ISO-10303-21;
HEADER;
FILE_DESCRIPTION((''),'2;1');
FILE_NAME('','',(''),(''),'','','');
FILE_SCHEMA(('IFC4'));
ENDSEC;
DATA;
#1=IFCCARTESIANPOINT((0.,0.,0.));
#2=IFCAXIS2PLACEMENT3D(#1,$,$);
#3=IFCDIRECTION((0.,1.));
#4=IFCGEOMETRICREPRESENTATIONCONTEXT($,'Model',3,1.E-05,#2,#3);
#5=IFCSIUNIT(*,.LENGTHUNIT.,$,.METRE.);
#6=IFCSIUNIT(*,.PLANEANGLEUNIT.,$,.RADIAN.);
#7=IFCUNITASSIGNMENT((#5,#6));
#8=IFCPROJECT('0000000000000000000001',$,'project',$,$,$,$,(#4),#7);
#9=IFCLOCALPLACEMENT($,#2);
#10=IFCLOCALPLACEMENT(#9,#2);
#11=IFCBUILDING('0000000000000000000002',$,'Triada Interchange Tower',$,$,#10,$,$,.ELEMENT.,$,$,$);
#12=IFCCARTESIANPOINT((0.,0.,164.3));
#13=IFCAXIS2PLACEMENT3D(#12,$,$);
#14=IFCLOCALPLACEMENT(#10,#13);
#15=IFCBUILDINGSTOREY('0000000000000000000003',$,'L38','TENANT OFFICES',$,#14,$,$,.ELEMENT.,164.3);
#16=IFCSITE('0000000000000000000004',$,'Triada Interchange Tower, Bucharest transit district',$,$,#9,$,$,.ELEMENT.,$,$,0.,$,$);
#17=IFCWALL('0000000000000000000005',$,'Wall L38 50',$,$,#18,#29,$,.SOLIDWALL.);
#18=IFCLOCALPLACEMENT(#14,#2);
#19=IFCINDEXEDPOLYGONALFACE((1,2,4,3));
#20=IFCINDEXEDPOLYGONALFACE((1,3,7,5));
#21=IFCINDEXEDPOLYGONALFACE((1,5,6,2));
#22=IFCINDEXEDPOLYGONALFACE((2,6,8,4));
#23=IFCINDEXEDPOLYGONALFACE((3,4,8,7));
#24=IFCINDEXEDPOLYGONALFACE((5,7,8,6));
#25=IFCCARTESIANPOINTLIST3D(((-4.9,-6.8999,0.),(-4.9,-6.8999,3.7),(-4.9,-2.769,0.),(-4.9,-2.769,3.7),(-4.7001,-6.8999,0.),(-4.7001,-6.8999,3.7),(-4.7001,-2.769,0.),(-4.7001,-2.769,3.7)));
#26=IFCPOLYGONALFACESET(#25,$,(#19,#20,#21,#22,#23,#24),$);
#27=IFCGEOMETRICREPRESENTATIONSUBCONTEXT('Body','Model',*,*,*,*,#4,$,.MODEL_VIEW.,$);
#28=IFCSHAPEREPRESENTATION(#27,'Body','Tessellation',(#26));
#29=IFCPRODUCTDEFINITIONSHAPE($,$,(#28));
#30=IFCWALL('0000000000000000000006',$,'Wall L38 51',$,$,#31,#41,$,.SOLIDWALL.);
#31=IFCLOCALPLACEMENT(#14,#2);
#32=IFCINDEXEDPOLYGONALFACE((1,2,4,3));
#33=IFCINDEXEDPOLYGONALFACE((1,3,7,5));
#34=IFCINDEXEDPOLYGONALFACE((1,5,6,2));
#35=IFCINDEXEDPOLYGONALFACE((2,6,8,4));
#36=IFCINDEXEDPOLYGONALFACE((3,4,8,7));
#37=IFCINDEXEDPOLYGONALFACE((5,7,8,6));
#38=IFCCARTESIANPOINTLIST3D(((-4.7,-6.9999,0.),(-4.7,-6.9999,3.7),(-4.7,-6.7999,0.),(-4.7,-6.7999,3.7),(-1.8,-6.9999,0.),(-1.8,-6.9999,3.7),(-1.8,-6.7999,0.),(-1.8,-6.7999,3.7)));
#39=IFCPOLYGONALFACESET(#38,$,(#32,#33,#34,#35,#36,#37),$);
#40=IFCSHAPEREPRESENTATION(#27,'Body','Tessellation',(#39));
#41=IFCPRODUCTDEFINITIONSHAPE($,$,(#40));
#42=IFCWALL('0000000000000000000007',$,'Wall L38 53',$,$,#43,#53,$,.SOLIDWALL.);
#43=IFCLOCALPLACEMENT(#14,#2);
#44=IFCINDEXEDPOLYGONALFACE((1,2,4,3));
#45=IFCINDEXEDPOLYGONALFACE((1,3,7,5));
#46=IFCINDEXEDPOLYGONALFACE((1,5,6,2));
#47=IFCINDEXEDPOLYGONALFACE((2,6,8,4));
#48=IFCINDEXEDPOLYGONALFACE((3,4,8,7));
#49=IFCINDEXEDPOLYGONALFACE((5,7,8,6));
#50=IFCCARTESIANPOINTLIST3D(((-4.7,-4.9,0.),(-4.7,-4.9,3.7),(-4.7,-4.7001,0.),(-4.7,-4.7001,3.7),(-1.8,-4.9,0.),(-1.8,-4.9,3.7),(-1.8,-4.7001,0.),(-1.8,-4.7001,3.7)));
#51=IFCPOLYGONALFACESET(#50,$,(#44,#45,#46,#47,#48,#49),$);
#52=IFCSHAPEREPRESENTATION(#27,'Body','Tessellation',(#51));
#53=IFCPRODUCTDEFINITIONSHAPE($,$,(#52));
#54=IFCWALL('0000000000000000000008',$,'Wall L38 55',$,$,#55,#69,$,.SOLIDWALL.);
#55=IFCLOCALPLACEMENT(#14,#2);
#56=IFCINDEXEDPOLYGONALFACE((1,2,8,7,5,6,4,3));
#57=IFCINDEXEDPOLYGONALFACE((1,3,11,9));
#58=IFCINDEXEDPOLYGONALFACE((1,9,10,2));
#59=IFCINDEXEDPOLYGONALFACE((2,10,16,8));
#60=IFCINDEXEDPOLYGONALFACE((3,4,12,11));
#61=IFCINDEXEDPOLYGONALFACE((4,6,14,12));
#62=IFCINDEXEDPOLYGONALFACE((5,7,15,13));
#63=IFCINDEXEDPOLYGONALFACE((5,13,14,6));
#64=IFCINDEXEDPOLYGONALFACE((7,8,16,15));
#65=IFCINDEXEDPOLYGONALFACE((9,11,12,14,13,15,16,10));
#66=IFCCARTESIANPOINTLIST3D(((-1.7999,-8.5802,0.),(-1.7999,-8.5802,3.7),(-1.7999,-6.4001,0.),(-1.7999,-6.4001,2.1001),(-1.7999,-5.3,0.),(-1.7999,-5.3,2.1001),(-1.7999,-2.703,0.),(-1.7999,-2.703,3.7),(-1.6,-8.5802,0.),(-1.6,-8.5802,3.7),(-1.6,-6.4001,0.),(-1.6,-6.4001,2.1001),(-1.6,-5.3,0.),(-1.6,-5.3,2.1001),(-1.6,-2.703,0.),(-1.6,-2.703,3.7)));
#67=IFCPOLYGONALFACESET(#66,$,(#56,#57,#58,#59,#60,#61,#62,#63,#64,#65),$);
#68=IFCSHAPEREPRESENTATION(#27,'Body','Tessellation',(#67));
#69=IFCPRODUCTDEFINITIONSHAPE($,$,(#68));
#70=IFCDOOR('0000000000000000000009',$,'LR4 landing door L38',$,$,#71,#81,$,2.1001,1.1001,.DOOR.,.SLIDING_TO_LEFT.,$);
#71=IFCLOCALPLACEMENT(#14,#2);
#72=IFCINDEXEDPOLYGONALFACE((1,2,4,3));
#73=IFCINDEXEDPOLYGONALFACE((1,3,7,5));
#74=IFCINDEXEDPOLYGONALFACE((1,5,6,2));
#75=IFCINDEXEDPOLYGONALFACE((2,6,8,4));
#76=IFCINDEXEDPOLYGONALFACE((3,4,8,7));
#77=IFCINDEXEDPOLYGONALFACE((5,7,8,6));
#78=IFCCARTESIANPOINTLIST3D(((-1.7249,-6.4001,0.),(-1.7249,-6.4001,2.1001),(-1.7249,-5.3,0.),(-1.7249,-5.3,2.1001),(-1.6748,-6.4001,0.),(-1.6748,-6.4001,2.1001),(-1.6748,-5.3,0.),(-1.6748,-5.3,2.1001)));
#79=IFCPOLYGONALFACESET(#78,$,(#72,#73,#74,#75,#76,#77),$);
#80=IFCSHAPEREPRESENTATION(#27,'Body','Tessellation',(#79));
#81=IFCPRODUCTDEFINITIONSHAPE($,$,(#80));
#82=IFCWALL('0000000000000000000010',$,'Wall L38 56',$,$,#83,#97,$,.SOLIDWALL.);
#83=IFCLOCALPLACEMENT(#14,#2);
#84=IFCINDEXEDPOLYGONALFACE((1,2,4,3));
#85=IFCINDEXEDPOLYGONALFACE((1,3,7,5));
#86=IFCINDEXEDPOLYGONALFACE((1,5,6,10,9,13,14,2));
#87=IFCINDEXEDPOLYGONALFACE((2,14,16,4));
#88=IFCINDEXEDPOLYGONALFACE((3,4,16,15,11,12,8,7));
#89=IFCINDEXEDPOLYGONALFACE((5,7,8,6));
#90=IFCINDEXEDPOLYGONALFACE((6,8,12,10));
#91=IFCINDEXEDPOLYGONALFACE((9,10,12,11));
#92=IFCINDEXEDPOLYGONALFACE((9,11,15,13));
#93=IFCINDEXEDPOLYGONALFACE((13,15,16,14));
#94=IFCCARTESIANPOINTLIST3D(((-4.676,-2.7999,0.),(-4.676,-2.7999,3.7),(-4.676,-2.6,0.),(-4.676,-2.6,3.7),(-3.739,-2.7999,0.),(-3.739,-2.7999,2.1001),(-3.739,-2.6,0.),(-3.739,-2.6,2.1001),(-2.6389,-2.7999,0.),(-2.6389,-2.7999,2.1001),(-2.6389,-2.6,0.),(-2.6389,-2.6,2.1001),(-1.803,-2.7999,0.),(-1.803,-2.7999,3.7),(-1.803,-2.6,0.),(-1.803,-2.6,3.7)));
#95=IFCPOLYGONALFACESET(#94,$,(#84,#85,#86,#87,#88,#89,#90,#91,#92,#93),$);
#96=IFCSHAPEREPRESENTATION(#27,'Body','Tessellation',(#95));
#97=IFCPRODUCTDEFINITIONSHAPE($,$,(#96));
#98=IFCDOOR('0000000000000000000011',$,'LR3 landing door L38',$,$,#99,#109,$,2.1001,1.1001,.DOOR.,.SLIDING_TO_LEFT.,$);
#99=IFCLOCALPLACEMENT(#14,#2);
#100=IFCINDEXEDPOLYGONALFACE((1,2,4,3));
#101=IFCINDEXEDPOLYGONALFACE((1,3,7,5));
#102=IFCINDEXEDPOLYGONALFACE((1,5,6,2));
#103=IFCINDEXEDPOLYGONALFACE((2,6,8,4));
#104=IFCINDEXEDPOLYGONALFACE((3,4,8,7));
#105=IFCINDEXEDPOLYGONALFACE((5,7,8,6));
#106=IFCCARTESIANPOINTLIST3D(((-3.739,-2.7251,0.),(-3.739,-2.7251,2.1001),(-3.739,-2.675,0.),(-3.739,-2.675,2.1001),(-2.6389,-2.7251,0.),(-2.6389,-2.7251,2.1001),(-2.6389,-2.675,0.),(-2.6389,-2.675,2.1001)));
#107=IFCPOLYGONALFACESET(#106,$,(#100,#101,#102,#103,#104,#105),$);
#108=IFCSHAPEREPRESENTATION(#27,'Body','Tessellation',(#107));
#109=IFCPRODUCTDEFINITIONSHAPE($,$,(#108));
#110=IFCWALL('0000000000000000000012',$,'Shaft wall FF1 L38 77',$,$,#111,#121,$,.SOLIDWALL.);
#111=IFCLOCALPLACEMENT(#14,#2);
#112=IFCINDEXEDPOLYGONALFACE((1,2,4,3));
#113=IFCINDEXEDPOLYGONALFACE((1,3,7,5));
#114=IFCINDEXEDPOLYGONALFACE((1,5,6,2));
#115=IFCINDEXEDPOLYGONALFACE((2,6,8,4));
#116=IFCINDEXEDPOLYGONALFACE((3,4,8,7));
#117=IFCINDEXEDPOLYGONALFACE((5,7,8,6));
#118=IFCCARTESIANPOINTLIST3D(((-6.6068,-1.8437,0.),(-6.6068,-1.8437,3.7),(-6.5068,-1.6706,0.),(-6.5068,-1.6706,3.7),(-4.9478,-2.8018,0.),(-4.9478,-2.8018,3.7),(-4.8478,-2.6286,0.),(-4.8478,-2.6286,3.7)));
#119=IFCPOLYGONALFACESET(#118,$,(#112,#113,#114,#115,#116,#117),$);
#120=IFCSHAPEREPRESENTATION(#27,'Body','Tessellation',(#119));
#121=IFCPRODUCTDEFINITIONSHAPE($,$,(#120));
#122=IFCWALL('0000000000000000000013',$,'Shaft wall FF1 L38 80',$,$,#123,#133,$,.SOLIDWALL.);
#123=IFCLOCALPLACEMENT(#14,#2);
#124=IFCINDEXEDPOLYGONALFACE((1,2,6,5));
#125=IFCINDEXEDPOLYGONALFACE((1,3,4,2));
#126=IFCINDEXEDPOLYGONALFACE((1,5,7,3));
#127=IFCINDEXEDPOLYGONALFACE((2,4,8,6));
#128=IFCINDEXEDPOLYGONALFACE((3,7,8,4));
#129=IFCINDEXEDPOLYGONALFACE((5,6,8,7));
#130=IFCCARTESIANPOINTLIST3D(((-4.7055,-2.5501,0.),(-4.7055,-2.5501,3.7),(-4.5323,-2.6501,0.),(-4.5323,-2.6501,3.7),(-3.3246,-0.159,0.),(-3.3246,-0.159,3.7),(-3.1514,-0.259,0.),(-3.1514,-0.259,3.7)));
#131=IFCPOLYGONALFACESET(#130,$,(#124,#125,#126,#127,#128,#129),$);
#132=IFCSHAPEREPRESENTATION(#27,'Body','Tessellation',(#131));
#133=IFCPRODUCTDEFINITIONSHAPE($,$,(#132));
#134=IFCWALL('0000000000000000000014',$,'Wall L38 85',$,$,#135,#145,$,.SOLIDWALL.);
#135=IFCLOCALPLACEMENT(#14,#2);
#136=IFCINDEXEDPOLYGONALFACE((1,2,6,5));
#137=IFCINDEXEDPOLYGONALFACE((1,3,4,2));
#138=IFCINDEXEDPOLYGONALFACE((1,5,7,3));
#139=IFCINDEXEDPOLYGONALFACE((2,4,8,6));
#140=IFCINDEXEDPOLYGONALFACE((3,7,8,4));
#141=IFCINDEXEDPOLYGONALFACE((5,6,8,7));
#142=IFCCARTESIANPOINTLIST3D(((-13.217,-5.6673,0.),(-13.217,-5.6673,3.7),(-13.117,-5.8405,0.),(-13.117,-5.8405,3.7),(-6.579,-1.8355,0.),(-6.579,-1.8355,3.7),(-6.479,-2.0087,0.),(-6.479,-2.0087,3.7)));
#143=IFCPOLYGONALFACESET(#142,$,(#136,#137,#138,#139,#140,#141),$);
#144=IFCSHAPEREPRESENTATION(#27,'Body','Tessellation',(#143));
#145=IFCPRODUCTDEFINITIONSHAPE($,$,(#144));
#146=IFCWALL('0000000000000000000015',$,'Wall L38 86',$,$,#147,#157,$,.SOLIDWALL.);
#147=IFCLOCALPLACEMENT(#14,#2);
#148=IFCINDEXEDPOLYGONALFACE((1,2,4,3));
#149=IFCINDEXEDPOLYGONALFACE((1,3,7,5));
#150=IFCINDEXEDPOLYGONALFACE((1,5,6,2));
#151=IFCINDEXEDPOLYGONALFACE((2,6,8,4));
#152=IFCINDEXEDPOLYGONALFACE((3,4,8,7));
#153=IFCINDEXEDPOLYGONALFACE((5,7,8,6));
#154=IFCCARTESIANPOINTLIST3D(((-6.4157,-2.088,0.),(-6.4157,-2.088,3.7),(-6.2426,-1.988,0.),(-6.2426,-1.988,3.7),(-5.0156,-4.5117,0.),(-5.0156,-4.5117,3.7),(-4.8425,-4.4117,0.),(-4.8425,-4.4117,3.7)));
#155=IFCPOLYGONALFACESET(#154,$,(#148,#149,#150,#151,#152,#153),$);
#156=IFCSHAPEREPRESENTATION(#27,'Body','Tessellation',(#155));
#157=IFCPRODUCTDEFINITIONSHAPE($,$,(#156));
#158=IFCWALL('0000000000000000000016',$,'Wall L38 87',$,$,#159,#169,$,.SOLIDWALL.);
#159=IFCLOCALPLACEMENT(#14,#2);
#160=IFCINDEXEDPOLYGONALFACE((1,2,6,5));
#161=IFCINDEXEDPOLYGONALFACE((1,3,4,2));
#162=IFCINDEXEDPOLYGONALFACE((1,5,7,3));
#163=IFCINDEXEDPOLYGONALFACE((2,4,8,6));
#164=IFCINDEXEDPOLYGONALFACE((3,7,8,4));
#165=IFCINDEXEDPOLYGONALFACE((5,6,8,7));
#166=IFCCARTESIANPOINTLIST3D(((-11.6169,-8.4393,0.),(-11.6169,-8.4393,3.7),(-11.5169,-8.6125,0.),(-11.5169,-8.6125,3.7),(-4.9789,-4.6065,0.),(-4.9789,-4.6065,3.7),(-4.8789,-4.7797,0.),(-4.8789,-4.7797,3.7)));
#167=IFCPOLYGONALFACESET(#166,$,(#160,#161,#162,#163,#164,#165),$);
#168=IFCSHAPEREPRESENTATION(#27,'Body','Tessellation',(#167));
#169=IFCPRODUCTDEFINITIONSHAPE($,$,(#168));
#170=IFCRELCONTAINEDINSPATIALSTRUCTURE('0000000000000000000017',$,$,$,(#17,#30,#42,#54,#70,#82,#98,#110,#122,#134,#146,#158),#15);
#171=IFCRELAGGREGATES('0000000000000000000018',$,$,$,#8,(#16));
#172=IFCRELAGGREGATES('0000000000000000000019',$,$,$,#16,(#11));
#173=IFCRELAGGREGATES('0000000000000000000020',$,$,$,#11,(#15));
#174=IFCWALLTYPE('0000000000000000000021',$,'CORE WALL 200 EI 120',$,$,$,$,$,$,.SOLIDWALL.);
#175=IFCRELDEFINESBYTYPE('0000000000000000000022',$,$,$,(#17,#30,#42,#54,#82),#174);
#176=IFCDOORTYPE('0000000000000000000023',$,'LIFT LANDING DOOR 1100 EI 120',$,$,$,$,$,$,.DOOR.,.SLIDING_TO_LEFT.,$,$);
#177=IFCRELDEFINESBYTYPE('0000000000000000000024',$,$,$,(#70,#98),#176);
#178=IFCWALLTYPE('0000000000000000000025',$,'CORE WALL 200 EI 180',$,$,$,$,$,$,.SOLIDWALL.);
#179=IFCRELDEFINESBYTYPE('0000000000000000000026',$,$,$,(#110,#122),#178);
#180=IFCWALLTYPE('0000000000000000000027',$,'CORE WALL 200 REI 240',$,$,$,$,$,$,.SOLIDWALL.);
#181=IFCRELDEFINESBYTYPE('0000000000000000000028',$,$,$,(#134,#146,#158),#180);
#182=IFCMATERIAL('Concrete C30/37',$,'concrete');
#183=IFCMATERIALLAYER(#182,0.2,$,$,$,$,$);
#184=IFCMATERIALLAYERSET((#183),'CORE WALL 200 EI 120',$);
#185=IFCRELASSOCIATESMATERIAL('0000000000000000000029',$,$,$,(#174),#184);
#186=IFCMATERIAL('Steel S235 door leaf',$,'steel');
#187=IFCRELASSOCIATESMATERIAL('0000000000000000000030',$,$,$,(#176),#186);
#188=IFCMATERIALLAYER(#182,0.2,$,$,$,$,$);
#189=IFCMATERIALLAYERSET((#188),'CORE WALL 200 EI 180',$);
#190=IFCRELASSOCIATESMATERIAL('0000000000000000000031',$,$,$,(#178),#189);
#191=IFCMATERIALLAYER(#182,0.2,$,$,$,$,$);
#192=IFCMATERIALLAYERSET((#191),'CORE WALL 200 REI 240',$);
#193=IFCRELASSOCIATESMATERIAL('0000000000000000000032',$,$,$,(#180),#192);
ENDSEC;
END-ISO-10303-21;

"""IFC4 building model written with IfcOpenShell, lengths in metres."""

from ifc_helpers import new_model, si_unit, direction, frame, frame_2d, origin, place, context, subcontext, project, spatial, rectangle, extrude, material, layer, layer_set, type_object, element, fill, save


model = new_model("IFC4")

# Units and contexts
model_context = context("Model", 3, precision=1e-05, world=origin(), true_north=direction((0.0, 1.0)))
body_context = subcontext(model_context, "Body", "Model", "MODEL_VIEW")
ifc_project = project(units=[si_unit("LENGTHUNIT", "METRE"), si_unit("PLANEANGLEUNIT", "RADIAN")], contexts=[model_context])

# Site, building, storey
site_placement = place(None, origin())
site = spatial("IfcSite", under=ifc_project, at=site_placement, Name="Triada Interchange Tower, Bucharest transit district", CompositionType="ELEMENT", RefElevation=0.0)
building_placement = place(site_placement, origin())
building = spatial("IfcBuilding", under=site, at=building_placement, Name="Triada Interchange Tower", CompositionType="ELEMENT")
storey_placement = place(building_placement, frame((0.0, 0.0, 164.3)))
storey = spatial("IfcBuildingStorey", under=building, at=storey_placement, Name="L38", Description="TENANT OFFICES", CompositionType="ELEMENT", Elevation=164.3)

# Walls
ifc_material_1 = material(Name="Concrete C30/37", Category="concrete")
ifc_layer_1 = layer(ifc_material_1, 0.2)
ifc_layer_set_1 = layer_set([ifc_layer_1], Name="CORE WALL 200 EI 120")
wall_type_1 = type_object("IfcWallType", Name="CORE WALL 200 EI 120", PredefinedType="SOLIDWALL", material=ifc_layer_set_1)
wall_1_placement = place(storey_placement, frame((-4.8, -6.8999, 0.0), z_axis=(0.0, 0.0, 1.0), x_axis=(0.0, 1.0, 0.0)))
element("IfcWall", 1, at=wall_1_placement, inside=storey, type_object=wall_type_1, Name="Wall L38 50", PredefinedType="SOLIDWALL", context=body_context, shape_type="SweptSolid", body=[
    extrude(rectangle(XDim=4.1309, YDim=0.2, at=frame_2d((2.0654, 0.0))), origin(), (0.0, 0.0, 1.0), 3.7),
])
for number, where, z_axis, x_axis, name in (
    (2, (-4.7, -6.8999, 0.0), (0.0, 0.0, 1.0), (1.0, 0.0, 0.0), "Wall L38 51"),
    (3, (-4.7, -4.8, 0.0), (0.0, 0.0, 1.0), (1.0, 0.0, 0.0), "Wall L38 53"),
):
    element("IfcWall", number, at=place(storey_placement, frame(where, z_axis=z_axis, x_axis=x_axis)), inside=storey, type_object=wall_type_1, Name=name, PredefinedType="SOLIDWALL", context=body_context, shape_type="SweptSolid", body=[
        extrude(rectangle(XDim=2.8999, YDim=0.2, at=frame_2d((1.45, 0.0))), origin(), (0.0, 0.0, 1.0), 3.7),
    ])

# Walls, openings, doors
wall_2_placement = place(storey_placement, frame((-1.7, -8.5801, 0.0), z_axis=(0.0, 0.0, 1.0), x_axis=(0.0, 1.0, 0.0)))
wall_2 = element("IfcWall", 4, at=wall_2_placement, inside=storey, type_object=wall_type_1, Name="Wall L38 55", PredefinedType="SOLIDWALL", context=body_context, shape_type="SweptSolid", body=[
    extrude(rectangle(XDim=5.8772, YDim=0.2, at=frame_2d((2.9385, 0.0))), origin(), (0.0, 0.0, 1.0), 3.7),
])
opening_1_placement = place(wall_2_placement, frame((2.1799, 0.0, 0.0)))
opening_1 = element("IfcOpeningElement", 5, at=opening_1_placement, cuts=wall_2, PredefinedType="OPENING", context=body_context, shape_type="SweptSolid", body=[
    extrude(rectangle(XDim=1.1001, YDim=2.1001, at=frame_2d((0.55, 1.05))), frame((0.0, 0.1099, 0.0), z_axis=(0.0, -1.0, 0.0), x_axis=(1.0, 0.0, 0.0)), (0.0, 0.0, 1.0), 0.22),
])
ifc_material_2 = material(Name="Steel S235 door leaf", Category="steel")
door_type_1 = type_object("IfcDoorType", Name="LIFT LANDING DOOR 1100 EI 120", OperationType="SLIDING_TO_LEFT", PredefinedType="DOOR", material=ifc_material_2)
door_1_placement = place(opening_1_placement, origin())
door_1 = element("IfcDoor", 6, at=door_1_placement, inside=storey, type_object=door_type_1, Name="LR4 landing door L38", OperationType="SLIDING_TO_LEFT", OverallHeight=2.1001, OverallWidth=1.1001, PredefinedType="DOOR", context=body_context, shape_type="SweptSolid", body=[
    extrude(rectangle(XDim=1.1001, YDim=2.1001, at=frame_2d((0.55, 1.05))), frame((0.0, 0.0249, 0.0), z_axis=(0.0, -1.0, 0.0), x_axis=(1.0, 0.0, 0.0)), (0.0, 0.0, 1.0), 0.05),
])
fill(opening_1, door_1)
wall_3_placement = place(storey_placement, frame((-4.676, -2.7, 0.0), z_axis=(0.0, 0.0, 1.0), x_axis=(1.0, 0.0, 0.0)))
wall_3 = element("IfcWall", 7, at=wall_3_placement, inside=storey, type_object=wall_type_1, Name="Wall L38 56", PredefinedType="SOLIDWALL", context=body_context, shape_type="SweptSolid", body=[
    extrude(rectangle(XDim=2.873, YDim=0.2, at=frame_2d((1.4365, 0.0))), origin(), (0.0, 0.0, 1.0), 3.7),
])
opening_2_placement = place(wall_3_placement, frame((0.937, 0.0, 0.0)))
opening_2 = element("IfcOpeningElement", 8, at=opening_2_placement, cuts=wall_3, PredefinedType="OPENING", context=body_context, shape_type="SweptSolid", body=[
    extrude(rectangle(XDim=1.1001, YDim=2.1001, at=frame_2d((0.55, 1.05))), frame((0.0, 0.1099, 0.0), z_axis=(0.0, -1.0, 0.0), x_axis=(1.0, 0.0, 0.0)), (0.0, 0.0, 1.0), 0.22),
])
door_2_placement = place(opening_2_placement, origin())
door_2 = element("IfcDoor", 9, at=door_2_placement, inside=storey, type_object=door_type_1, Name="LR3 landing door L38", OperationType="SLIDING_TO_LEFT", OverallHeight=2.1001, OverallWidth=1.1001, PredefinedType="DOOR", context=body_context, shape_type="SweptSolid", body=[
    extrude(rectangle(XDim=1.1001, YDim=2.1001, at=frame_2d((0.55, 1.05))), frame((0.0, 0.0249, 0.0), z_axis=(0.0, -1.0, 0.0), x_axis=(1.0, 0.0, 0.0)), (0.0, 0.0, 1.0), 0.05),
])
fill(opening_2, door_2)

# Walls
ifc_layer_2 = layer(ifc_material_1, 0.2)
ifc_layer_set_2 = layer_set([ifc_layer_2], Name="CORE WALL 200 EI 180")
wall_type_2 = type_object("IfcWallType", Name="CORE WALL 200 EI 180", PredefinedType="SOLIDWALL", material=ifc_layer_set_2)
wall_4_placement = place(storey_placement, frame((-6.5569, -1.7571, 0.0), z_axis=(0.0, 0.0, 1.0), x_axis=(0.865975, -0.500086, 0.0)))
element("IfcWall", 10, at=wall_4_placement, inside=storey, type_object=wall_type_2, Name="Shaft wall FF1 L38 77", PredefinedType="SOLIDWALL", context=body_context, shape_type="SweptSolid", body=[
    extrude(rectangle(XDim=1.9158, YDim=0.2, at=frame_2d((0.958, 0.0))), origin(), (0.0, 0.0, 1.0), 3.7),
])
wall_5_placement = place(storey_placement, frame((-4.6189, -2.6001, 0.0), z_axis=(0.0, 0.0, 1.0), x_axis=(0.500095, 0.865971, 0.0)))
element("IfcWall", 11, at=wall_5_placement, inside=storey, type_object=wall_type_2, Name="Shaft wall FF1 L38 80", PredefinedType="SOLIDWALL", context=body_context, shape_type="SweptSolid", body=[
    extrude(rectangle(XDim=2.7612, YDim=0.2, at=frame_2d((1.3806, 0.0))), origin(), (0.0, 0.0, 1.0), 3.7),
])
ifc_layer_3 = layer(ifc_material_1, 0.2)
ifc_layer_set_3 = layer_set([ifc_layer_3], Name="CORE WALL 200 REI 240")
wall_type_3 = type_object("IfcWallType", Name="CORE WALL 200 REI 240", PredefinedType="SOLIDWALL", material=ifc_layer_set_3)
wall_6_placement = place(storey_placement, frame((-13.167, -5.7539, 0.0), z_axis=(0.0, 0.0, 1.0), x_axis=(0.866061, 0.499938, 0.0)))
element("IfcWall", 12, at=wall_6_placement, inside=storey, type_object=wall_type_3, Name="Wall L38 85", PredefinedType="SOLIDWALL", context=body_context, shape_type="SweptSolid", body=[
    extrude(rectangle(XDim=7.6646, YDim=0.2, at=frame_2d((3.8323, 0.0))), origin(), (0.0, 0.0, 1.0), 3.7),
])
wall_7_placement = place(storey_placement, frame((-6.3291, -2.0381, 0.0), z_axis=(0.0, 0.0, 1.0), x_axis=(0.500201, -0.86591, 0.0)))
element("IfcWall", 13, at=wall_7_placement, inside=storey, type_object=wall_type_3, Name="Wall L38 86", PredefinedType="SOLIDWALL", context=body_context, shape_type="SweptSolid", body=[
    extrude(rectangle(XDim=2.7991, YDim=0.2, at=frame_2d((1.3994, 0.0))), origin(), (0.0, 0.0, 1.0), 3.7),
])
wall_8_placement = place(storey_placement, frame((-11.5669, -8.5259, 0.0), z_axis=(0.0, 0.0, 1.0), x_axis=(0.866006, 0.500034, 0.0)))
element("IfcWall", 14, at=wall_8_placement, inside=storey, type_object=wall_type_3, Name="Wall L38 87", PredefinedType="SOLIDWALL", context=body_context, shape_type="SweptSolid", body=[
    extrude(rectangle(XDim=7.665, YDim=0.2, at=frame_2d((3.8325, 0.0))), origin(), (0.0, 0.0, 1.0), 3.7),
])

save(model, "model.ifc")
